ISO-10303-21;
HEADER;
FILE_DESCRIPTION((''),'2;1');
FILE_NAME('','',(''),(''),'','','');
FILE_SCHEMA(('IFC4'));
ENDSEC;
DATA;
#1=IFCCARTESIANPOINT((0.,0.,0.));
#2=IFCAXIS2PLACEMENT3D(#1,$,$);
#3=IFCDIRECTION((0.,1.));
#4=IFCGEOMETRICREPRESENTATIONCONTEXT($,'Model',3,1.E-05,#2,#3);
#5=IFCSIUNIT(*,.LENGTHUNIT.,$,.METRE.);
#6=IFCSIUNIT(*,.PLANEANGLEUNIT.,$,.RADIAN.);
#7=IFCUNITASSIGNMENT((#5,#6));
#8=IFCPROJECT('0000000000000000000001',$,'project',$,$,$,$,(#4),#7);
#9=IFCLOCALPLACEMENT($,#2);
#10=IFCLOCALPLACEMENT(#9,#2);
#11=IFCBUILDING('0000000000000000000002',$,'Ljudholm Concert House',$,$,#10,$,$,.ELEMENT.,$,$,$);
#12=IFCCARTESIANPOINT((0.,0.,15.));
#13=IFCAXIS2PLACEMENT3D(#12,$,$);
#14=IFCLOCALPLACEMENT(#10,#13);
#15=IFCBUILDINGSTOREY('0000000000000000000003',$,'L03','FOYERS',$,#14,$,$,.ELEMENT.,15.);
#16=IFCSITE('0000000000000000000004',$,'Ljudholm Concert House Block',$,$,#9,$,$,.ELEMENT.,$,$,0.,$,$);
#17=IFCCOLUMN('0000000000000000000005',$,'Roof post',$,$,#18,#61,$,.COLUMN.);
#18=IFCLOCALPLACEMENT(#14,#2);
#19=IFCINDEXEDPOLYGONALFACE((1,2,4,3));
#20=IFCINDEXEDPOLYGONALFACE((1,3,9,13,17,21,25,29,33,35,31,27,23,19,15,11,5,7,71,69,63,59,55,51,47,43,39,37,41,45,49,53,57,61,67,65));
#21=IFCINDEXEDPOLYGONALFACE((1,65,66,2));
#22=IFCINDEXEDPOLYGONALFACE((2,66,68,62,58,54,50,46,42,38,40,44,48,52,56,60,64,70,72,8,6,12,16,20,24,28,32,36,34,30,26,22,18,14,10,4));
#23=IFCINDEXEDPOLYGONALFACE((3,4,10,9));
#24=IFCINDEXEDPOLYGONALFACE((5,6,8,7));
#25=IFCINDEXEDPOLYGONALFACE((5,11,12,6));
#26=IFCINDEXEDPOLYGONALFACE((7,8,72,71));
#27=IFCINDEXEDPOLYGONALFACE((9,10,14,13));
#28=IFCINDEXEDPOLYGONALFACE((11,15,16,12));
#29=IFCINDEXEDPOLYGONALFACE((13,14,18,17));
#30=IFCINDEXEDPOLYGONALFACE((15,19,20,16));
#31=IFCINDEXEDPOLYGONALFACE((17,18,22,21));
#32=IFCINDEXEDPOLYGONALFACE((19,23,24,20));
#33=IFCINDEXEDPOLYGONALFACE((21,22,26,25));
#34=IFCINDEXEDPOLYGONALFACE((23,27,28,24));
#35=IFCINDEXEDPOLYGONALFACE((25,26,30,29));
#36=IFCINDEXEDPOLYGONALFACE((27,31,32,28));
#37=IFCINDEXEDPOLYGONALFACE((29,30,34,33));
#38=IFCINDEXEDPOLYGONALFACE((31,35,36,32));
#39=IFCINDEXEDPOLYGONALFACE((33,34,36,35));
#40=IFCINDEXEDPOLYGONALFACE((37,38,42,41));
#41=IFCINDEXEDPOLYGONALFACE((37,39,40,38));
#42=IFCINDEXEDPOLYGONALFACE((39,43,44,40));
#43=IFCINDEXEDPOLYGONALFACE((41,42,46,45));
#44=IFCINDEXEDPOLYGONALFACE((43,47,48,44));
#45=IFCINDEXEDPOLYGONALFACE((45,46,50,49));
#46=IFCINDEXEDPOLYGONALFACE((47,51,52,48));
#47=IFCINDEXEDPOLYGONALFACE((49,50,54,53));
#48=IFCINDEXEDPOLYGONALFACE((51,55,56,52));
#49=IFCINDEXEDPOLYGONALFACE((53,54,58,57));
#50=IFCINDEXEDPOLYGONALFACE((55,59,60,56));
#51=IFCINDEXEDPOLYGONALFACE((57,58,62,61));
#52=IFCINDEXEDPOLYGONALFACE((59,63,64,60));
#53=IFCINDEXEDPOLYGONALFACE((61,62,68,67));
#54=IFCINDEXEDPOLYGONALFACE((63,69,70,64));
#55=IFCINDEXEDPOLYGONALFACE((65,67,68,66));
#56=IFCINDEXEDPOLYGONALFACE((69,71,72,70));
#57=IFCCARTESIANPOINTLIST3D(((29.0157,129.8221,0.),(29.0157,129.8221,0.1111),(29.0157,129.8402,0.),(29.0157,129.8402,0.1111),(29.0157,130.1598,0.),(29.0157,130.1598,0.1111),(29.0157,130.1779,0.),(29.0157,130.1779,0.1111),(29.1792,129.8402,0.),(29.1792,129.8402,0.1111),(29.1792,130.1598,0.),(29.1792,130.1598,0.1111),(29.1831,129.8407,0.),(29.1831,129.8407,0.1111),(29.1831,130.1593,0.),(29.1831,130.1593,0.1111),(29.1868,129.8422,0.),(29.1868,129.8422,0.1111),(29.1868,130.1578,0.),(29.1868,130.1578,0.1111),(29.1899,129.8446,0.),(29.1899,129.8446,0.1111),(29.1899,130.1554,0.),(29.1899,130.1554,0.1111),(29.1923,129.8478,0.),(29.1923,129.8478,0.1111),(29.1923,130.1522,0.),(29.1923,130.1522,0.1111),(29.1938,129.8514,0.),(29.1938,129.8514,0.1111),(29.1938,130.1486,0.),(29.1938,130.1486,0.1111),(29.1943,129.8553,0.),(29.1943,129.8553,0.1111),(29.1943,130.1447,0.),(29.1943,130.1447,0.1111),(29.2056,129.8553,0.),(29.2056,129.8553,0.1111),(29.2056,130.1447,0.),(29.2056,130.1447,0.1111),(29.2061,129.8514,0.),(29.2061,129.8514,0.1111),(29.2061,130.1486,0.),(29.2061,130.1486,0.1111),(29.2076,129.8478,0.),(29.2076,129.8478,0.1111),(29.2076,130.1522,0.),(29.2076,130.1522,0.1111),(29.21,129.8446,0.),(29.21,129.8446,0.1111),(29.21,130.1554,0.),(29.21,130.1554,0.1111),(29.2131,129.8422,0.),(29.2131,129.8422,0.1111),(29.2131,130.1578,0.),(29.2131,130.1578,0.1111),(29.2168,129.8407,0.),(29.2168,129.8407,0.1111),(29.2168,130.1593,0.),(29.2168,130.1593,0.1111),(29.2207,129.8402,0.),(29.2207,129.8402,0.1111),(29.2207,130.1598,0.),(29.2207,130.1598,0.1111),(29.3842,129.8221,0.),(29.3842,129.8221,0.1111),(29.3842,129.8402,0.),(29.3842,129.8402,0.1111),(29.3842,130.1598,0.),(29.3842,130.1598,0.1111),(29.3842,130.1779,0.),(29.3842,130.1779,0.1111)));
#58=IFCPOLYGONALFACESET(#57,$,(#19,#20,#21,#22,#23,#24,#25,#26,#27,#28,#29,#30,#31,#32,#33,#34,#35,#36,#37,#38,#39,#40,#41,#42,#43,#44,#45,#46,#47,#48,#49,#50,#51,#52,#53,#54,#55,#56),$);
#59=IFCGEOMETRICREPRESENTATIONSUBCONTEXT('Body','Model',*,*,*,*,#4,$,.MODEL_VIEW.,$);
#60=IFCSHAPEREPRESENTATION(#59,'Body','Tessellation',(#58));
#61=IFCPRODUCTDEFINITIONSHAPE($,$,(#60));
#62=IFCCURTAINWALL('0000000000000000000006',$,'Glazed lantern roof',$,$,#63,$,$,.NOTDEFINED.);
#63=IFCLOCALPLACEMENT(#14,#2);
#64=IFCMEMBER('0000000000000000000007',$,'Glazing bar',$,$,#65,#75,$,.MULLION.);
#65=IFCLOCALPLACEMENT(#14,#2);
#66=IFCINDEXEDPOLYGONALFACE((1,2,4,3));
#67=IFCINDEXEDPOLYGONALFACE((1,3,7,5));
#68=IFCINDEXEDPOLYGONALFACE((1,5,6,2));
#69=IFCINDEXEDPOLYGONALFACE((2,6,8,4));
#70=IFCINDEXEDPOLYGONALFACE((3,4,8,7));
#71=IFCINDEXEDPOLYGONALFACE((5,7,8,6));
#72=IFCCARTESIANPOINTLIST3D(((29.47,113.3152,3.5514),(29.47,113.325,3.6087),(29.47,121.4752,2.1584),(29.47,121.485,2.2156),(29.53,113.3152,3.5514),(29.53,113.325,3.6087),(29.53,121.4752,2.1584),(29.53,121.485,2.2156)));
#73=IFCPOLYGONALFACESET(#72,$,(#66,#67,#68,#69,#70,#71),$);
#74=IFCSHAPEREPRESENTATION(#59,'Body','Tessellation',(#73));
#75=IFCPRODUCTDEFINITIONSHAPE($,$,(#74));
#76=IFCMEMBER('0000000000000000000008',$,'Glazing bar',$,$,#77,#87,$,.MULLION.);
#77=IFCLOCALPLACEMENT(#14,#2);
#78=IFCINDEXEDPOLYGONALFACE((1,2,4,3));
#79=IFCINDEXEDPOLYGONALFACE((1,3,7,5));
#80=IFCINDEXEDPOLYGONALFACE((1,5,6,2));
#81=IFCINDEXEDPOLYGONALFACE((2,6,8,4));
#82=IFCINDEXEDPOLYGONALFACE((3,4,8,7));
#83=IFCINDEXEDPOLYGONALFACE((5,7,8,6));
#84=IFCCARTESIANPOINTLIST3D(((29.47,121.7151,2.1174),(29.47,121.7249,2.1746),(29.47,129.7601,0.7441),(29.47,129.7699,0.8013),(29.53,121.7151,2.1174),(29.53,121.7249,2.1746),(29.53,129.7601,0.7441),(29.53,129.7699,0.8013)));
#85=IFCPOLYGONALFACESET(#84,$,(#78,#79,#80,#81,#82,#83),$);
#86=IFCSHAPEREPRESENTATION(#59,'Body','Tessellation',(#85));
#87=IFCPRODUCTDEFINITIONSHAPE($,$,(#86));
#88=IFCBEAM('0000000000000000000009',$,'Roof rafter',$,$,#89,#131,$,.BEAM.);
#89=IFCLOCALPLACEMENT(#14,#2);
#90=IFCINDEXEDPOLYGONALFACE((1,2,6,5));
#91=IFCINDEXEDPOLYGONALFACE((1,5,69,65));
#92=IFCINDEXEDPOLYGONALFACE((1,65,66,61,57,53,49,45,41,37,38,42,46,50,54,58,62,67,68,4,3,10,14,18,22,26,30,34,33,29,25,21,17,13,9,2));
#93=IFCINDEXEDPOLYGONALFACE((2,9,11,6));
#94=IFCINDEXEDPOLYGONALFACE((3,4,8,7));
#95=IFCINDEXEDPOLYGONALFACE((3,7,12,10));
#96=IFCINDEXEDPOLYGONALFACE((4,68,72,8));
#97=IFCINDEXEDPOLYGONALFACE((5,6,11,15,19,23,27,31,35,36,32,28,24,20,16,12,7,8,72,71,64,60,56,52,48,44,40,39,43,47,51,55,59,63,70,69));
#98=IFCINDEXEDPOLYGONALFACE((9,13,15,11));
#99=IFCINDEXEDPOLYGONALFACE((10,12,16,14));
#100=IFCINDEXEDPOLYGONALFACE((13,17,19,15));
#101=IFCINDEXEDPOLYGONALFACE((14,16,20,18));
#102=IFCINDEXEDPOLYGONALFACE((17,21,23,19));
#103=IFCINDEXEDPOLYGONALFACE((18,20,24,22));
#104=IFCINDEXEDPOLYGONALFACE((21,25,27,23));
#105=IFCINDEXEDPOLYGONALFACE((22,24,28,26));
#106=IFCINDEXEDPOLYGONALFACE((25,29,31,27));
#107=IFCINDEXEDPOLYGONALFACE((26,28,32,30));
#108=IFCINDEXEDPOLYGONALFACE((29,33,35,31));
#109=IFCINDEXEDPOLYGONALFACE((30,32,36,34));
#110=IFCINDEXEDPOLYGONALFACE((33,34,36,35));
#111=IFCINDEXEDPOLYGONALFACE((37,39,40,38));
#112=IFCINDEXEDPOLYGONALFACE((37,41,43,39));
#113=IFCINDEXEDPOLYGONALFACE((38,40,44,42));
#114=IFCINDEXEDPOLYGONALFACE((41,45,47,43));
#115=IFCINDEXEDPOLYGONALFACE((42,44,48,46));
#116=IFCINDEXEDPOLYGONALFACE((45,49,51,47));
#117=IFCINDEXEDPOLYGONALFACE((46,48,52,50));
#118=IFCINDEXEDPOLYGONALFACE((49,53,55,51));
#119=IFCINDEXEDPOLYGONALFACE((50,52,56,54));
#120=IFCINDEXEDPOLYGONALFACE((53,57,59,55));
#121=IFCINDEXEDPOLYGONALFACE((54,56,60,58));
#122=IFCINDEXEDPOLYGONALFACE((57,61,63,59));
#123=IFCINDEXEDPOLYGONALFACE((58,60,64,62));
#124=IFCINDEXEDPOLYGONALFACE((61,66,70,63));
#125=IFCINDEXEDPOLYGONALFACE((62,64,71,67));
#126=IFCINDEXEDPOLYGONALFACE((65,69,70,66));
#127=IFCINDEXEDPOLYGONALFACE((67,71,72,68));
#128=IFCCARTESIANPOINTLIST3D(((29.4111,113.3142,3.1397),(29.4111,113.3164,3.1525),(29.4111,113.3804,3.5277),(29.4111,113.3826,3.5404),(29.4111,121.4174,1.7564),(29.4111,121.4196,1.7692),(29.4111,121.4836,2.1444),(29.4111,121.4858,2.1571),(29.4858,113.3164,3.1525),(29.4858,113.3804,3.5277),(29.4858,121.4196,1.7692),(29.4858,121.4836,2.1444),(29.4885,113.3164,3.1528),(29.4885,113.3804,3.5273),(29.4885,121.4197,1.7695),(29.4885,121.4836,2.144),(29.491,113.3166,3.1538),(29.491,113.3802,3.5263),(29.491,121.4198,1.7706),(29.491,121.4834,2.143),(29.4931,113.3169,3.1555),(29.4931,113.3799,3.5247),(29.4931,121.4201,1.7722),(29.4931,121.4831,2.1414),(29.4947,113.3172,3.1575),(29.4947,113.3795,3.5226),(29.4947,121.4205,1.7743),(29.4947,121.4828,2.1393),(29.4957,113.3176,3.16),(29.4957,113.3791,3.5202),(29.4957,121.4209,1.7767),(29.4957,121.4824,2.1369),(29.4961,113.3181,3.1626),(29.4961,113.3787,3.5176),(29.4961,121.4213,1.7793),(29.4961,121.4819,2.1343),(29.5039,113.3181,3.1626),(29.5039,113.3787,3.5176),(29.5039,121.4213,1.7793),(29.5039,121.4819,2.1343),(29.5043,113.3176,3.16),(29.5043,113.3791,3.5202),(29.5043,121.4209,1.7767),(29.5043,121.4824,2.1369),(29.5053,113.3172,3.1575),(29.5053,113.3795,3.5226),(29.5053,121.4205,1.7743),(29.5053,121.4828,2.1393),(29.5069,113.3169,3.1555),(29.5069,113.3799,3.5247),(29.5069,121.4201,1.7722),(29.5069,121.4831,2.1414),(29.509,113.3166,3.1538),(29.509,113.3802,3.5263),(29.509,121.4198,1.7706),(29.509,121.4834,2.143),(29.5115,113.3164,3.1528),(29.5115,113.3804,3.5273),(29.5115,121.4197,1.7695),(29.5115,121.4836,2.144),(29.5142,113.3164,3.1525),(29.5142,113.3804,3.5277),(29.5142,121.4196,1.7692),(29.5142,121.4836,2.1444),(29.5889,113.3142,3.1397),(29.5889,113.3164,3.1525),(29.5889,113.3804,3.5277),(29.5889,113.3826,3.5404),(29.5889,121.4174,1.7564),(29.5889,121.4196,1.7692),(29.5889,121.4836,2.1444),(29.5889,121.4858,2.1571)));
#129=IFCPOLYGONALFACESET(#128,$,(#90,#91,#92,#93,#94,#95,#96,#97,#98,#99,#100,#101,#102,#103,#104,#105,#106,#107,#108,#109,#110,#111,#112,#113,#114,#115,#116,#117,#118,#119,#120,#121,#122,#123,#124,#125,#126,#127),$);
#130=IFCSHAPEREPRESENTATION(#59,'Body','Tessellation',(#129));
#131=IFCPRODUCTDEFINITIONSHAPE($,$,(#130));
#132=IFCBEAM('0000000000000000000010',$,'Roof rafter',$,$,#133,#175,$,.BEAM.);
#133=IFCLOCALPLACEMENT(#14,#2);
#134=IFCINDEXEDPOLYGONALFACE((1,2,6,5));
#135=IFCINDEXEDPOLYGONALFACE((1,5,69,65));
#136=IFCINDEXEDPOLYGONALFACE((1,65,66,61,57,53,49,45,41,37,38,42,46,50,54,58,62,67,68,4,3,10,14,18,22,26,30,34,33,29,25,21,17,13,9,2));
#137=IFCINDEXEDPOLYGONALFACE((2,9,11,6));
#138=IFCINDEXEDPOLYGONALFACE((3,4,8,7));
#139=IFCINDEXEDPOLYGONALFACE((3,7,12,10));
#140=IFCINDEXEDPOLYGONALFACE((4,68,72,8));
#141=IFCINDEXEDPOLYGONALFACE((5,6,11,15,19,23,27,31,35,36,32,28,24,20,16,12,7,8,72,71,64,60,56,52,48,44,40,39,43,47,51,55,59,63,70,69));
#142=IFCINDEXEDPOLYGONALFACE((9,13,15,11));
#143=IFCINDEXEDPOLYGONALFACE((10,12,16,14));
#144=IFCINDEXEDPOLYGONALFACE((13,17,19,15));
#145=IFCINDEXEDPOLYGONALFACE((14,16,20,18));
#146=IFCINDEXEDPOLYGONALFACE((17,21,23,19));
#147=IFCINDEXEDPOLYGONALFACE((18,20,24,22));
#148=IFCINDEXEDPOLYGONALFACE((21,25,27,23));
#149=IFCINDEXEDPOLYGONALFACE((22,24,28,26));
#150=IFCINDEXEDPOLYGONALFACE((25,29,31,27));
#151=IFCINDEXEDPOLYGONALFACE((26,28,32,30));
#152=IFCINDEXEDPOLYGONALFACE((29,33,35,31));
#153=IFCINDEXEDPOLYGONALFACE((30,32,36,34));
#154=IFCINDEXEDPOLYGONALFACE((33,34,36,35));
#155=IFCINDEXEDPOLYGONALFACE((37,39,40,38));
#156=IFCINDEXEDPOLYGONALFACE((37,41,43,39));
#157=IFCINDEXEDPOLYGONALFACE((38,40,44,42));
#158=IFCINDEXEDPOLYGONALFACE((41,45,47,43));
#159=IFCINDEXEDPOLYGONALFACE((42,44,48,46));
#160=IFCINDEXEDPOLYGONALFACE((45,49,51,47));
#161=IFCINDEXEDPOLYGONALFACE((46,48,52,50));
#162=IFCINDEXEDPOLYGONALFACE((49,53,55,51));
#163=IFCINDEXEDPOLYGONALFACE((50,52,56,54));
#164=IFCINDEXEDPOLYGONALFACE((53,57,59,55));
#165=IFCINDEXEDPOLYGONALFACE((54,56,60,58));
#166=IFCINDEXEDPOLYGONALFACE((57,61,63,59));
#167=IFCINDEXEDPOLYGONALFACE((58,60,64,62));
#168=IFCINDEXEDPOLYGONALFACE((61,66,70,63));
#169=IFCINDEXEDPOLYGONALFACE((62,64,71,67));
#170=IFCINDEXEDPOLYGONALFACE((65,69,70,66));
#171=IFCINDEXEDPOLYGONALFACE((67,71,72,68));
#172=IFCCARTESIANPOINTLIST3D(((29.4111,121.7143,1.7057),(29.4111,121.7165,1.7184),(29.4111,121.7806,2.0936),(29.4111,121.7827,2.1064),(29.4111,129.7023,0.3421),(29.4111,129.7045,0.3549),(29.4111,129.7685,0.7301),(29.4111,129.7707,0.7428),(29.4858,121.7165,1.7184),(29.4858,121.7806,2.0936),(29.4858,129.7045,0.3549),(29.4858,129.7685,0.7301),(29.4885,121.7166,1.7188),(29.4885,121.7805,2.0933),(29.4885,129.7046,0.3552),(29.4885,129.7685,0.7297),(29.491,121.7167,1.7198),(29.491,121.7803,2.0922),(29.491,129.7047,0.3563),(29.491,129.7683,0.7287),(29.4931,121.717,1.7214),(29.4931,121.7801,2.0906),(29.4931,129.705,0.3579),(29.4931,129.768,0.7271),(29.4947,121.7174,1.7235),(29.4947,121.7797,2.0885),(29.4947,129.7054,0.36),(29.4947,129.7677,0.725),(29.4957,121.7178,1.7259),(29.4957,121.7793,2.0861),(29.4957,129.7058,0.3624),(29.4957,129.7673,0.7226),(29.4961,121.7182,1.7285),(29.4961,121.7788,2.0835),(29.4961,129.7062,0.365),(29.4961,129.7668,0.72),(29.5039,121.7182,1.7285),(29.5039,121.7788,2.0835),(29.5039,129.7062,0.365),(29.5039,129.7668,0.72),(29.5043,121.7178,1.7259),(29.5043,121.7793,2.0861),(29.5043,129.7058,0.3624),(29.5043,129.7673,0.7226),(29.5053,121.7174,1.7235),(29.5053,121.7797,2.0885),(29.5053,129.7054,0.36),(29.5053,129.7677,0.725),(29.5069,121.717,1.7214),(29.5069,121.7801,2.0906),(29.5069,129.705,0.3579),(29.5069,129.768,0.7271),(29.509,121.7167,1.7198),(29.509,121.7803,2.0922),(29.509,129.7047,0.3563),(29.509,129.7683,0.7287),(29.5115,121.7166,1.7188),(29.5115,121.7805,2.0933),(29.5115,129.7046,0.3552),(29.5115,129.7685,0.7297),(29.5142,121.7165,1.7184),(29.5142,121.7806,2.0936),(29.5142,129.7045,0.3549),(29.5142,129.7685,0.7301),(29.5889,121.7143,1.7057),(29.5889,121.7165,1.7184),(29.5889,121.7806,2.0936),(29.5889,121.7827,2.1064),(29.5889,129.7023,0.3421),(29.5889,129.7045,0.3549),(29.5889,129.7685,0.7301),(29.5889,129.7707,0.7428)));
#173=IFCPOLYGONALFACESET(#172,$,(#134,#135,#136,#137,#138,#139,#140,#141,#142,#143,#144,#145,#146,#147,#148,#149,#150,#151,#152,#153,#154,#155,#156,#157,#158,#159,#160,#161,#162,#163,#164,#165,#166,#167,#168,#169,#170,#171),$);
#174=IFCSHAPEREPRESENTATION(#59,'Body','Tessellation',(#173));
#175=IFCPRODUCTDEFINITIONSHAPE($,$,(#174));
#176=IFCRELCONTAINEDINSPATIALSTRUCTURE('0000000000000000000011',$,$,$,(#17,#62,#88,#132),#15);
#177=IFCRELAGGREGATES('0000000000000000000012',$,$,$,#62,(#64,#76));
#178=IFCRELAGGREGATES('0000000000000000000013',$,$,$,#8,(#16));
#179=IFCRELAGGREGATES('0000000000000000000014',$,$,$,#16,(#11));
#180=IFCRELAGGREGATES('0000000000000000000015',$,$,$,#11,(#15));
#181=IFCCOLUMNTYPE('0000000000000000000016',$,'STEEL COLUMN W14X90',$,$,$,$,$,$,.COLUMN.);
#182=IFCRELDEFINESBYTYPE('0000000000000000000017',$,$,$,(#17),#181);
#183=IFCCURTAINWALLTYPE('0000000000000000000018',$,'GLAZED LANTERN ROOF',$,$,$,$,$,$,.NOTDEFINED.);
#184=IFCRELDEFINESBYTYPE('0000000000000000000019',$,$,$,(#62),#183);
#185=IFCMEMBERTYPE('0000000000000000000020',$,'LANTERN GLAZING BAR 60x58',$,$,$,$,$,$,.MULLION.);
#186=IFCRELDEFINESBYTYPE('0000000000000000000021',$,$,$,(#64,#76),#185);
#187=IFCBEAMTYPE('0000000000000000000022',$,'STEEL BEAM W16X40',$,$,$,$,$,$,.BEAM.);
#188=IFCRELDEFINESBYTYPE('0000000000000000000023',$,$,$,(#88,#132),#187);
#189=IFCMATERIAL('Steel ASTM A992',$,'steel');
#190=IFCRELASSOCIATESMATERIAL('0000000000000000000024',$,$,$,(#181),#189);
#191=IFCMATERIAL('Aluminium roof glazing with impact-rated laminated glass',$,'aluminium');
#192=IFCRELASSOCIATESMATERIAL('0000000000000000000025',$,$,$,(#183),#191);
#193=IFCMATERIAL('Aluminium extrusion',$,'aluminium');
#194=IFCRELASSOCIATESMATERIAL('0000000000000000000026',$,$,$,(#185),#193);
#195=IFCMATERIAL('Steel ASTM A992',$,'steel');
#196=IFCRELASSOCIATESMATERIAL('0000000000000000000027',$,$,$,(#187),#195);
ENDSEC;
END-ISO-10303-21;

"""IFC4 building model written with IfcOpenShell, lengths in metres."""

from ifc_helpers import new_model, si_unit, direction, frame, origin, origin_2d, place, context, subcontext, project, spatial, rectangle, i_section, extrude, material, material_profile, profile_set, type_object, element, aggregate, save


model = new_model("IFC4")

# Units and contexts
model_context = context("Model", 3, precision=1e-05, world=origin(), true_north=direction((0.0, 1.0)))
body_context = subcontext(model_context, "Body", "Model", "MODEL_VIEW")
ifc_project = project(units=[si_unit("LENGTHUNIT", "METRE"), si_unit("PLANEANGLEUNIT", "RADIAN")], contexts=[model_context])

# Site, building, storey
site_placement = place(None, origin())
site = spatial("IfcSite", under=ifc_project, at=site_placement, Name="Ljudholm Concert House Block", CompositionType="ELEMENT", RefElevation=0.0)
building_placement = place(site_placement, origin())
building = spatial("IfcBuilding", under=site, at=building_placement, Name="Ljudholm Concert House", CompositionType="ELEMENT")
storey_placement = place(building_placement, frame((0.0, 0.0, 15.0)))
storey = spatial("IfcBuildingStorey", under=building, at=storey_placement, Name="L03", Description="FOYERS", CompositionType="ELEMENT", Elevation=15.0)

# Column
ifc_material_1 = material(Name="Steel ASTM A992", Category="steel")
ifc_material_profile_1 = material_profile(ifc_material_1, i_section(OverallWidth=0.3684, OverallDepth=0.3557, WebThickness=0.0112, FlangeThickness=0.0181, FilletRadius=0.0151, at=origin_2d()), Name="W14X90")
ifc_profile_set_1 = profile_set([ifc_material_profile_1], Name="Steel ASTM A992")
column_type = type_object("IfcColumnType", Name="STEEL COLUMN W14X90", PredefinedType="COLUMN", material=ifc_profile_set_1)
column_placement = place(storey_placement, frame((29.2, 130.0, 0.0), z_axis=(0.0, 0.0, 1.0), x_axis=(1.0, 0.0, 0.0)))
element("IfcColumn", 1, at=column_placement, inside=storey, type_object=column_type, Name="Roof post", PredefinedType="COLUMN", context=body_context, shape_type="SweptSolid", body=[
    extrude(i_section(OverallWidth=0.3684, OverallDepth=0.3557, WebThickness=0.0112, FlangeThickness=0.0181, FilletRadius=0.0151, at=origin_2d()), origin(), (0.0, 0.0, 1.0), 0.1111),
])

# Curtain wall, members
ifc_material_2 = material(Name="Aluminium roof glazing with impact-rated laminated glass", Category="aluminium")
curtain_wall_type = type_object("IfcCurtainWallType", Name="GLAZED LANTERN ROOF", PredefinedType="NOTDEFINED", material=ifc_material_2)
curtain_wall_placement = place(storey_placement, origin())
curtain_wall = element("IfcCurtainWall", 2, at=curtain_wall_placement, inside=storey, type_object=curtain_wall_type, Name="Glazed lantern roof", PredefinedType="NOTDEFINED")
ifc_material_3 = material(Name="Aluminium extrusion", Category="aluminium")
ifc_material_profile_2 = material_profile(ifc_material_3, rectangle(XDim=0.0601, YDim=0.0581, at=origin_2d()), Name="LANTERN GLAZING BAR 60x58")
ifc_profile_set_2 = profile_set([ifc_material_profile_2], Name="Aluminium extrusion")
member_type = type_object("IfcMemberType", Name="LANTERN GLAZING BAR 60x58", PredefinedType="MULLION", material=ifc_profile_set_2)
member_1_placement = place(storey_placement, frame((29.5, 113.3201, 3.5801), z_axis=(0.0, 0.985738, -0.168286), x_axis=(-1.0, 0.0, 0.0)))
member_1 = element("IfcMember", 3, at=member_1_placement, type_object=member_type, Name="Glazing bar", PredefinedType="MULLION", context=body_context, shape_type="SweptSolid", body=[
    extrude(rectangle(XDim=0.0601, YDim=0.0581, at=origin_2d()), origin(), (0.0, 0.0, 1.0), 8.2781),
])
member_2_placement = place(storey_placement, frame((29.5, 121.72, 2.146), z_axis=(0.0, 0.985741, -0.168269), x_axis=(-1.0, 0.0, 0.0)))
member_2 = element("IfcMember", 4, at=member_2_placement, type_object=member_type, Name="Glazing bar", PredefinedType="MULLION", context=body_context, shape_type="SweptSolid", body=[
    extrude(rectangle(XDim=0.0601, YDim=0.0581, at=origin_2d()), origin(), (0.0, 0.0, 1.0), 8.1614),
])

# Beams
ifc_material_4 = material(Name="Steel ASTM A992", Category="steel")
ifc_material_profile_3 = material_profile(ifc_material_4, i_section(OverallWidth=0.1777, OverallDepth=0.4065, WebThickness=0.0078, FlangeThickness=0.0129, FilletRadius=0.0103, at=origin_2d()), Name="W16X40")
ifc_profile_set_3 = profile_set([ifc_material_profile_3], Name="Steel ASTM A992")
beam_type_1 = type_object("IfcBeamType", Name="STEEL BEAM W16X40", PredefinedType="BEAM", material=ifc_profile_set_3)
beam_1_placement = place(storey_placement, frame((29.5, 113.3484, 3.3401), z_axis=(0.0, 0.98574, -0.168275), x_axis=(-1.0, 0.0, 0.0)))
element("IfcBeam", 5, at=beam_1_placement, inside=storey, type_object=beam_type_1, Name="Roof rafter", PredefinedType="BEAM", context=body_context, shape_type="SweptSolid", body=[
    extrude(i_section(OverallWidth=0.1777, OverallDepth=0.4065, WebThickness=0.0078, FlangeThickness=0.0129, FilletRadius=0.0103, at=origin_2d()), origin(), (0.0, 0.0, 1.0), 8.2205),
])
beam_2_placement = place(storey_placement, frame((29.5, 121.7485, 1.906), z_axis=(0.0, 0.985742, -0.168262), x_axis=(-1.0, 0.0, 0.0)))
element("IfcBeam", 6, at=beam_2_placement, inside=storey, type_object=beam_type_1, Name="Roof rafter", PredefinedType="BEAM", context=body_context, shape_type="SweptSolid", body=[
    extrude(i_section(OverallWidth=0.1777, OverallDepth=0.4065, WebThickness=0.0078, FlangeThickness=0.0129, FilletRadius=0.0103, at=origin_2d()), origin(), (0.0, 0.0, 1.0), 8.1035),
])

aggregate(curtain_wall, [member_1, member_2])

save(model, "model.ifc")
